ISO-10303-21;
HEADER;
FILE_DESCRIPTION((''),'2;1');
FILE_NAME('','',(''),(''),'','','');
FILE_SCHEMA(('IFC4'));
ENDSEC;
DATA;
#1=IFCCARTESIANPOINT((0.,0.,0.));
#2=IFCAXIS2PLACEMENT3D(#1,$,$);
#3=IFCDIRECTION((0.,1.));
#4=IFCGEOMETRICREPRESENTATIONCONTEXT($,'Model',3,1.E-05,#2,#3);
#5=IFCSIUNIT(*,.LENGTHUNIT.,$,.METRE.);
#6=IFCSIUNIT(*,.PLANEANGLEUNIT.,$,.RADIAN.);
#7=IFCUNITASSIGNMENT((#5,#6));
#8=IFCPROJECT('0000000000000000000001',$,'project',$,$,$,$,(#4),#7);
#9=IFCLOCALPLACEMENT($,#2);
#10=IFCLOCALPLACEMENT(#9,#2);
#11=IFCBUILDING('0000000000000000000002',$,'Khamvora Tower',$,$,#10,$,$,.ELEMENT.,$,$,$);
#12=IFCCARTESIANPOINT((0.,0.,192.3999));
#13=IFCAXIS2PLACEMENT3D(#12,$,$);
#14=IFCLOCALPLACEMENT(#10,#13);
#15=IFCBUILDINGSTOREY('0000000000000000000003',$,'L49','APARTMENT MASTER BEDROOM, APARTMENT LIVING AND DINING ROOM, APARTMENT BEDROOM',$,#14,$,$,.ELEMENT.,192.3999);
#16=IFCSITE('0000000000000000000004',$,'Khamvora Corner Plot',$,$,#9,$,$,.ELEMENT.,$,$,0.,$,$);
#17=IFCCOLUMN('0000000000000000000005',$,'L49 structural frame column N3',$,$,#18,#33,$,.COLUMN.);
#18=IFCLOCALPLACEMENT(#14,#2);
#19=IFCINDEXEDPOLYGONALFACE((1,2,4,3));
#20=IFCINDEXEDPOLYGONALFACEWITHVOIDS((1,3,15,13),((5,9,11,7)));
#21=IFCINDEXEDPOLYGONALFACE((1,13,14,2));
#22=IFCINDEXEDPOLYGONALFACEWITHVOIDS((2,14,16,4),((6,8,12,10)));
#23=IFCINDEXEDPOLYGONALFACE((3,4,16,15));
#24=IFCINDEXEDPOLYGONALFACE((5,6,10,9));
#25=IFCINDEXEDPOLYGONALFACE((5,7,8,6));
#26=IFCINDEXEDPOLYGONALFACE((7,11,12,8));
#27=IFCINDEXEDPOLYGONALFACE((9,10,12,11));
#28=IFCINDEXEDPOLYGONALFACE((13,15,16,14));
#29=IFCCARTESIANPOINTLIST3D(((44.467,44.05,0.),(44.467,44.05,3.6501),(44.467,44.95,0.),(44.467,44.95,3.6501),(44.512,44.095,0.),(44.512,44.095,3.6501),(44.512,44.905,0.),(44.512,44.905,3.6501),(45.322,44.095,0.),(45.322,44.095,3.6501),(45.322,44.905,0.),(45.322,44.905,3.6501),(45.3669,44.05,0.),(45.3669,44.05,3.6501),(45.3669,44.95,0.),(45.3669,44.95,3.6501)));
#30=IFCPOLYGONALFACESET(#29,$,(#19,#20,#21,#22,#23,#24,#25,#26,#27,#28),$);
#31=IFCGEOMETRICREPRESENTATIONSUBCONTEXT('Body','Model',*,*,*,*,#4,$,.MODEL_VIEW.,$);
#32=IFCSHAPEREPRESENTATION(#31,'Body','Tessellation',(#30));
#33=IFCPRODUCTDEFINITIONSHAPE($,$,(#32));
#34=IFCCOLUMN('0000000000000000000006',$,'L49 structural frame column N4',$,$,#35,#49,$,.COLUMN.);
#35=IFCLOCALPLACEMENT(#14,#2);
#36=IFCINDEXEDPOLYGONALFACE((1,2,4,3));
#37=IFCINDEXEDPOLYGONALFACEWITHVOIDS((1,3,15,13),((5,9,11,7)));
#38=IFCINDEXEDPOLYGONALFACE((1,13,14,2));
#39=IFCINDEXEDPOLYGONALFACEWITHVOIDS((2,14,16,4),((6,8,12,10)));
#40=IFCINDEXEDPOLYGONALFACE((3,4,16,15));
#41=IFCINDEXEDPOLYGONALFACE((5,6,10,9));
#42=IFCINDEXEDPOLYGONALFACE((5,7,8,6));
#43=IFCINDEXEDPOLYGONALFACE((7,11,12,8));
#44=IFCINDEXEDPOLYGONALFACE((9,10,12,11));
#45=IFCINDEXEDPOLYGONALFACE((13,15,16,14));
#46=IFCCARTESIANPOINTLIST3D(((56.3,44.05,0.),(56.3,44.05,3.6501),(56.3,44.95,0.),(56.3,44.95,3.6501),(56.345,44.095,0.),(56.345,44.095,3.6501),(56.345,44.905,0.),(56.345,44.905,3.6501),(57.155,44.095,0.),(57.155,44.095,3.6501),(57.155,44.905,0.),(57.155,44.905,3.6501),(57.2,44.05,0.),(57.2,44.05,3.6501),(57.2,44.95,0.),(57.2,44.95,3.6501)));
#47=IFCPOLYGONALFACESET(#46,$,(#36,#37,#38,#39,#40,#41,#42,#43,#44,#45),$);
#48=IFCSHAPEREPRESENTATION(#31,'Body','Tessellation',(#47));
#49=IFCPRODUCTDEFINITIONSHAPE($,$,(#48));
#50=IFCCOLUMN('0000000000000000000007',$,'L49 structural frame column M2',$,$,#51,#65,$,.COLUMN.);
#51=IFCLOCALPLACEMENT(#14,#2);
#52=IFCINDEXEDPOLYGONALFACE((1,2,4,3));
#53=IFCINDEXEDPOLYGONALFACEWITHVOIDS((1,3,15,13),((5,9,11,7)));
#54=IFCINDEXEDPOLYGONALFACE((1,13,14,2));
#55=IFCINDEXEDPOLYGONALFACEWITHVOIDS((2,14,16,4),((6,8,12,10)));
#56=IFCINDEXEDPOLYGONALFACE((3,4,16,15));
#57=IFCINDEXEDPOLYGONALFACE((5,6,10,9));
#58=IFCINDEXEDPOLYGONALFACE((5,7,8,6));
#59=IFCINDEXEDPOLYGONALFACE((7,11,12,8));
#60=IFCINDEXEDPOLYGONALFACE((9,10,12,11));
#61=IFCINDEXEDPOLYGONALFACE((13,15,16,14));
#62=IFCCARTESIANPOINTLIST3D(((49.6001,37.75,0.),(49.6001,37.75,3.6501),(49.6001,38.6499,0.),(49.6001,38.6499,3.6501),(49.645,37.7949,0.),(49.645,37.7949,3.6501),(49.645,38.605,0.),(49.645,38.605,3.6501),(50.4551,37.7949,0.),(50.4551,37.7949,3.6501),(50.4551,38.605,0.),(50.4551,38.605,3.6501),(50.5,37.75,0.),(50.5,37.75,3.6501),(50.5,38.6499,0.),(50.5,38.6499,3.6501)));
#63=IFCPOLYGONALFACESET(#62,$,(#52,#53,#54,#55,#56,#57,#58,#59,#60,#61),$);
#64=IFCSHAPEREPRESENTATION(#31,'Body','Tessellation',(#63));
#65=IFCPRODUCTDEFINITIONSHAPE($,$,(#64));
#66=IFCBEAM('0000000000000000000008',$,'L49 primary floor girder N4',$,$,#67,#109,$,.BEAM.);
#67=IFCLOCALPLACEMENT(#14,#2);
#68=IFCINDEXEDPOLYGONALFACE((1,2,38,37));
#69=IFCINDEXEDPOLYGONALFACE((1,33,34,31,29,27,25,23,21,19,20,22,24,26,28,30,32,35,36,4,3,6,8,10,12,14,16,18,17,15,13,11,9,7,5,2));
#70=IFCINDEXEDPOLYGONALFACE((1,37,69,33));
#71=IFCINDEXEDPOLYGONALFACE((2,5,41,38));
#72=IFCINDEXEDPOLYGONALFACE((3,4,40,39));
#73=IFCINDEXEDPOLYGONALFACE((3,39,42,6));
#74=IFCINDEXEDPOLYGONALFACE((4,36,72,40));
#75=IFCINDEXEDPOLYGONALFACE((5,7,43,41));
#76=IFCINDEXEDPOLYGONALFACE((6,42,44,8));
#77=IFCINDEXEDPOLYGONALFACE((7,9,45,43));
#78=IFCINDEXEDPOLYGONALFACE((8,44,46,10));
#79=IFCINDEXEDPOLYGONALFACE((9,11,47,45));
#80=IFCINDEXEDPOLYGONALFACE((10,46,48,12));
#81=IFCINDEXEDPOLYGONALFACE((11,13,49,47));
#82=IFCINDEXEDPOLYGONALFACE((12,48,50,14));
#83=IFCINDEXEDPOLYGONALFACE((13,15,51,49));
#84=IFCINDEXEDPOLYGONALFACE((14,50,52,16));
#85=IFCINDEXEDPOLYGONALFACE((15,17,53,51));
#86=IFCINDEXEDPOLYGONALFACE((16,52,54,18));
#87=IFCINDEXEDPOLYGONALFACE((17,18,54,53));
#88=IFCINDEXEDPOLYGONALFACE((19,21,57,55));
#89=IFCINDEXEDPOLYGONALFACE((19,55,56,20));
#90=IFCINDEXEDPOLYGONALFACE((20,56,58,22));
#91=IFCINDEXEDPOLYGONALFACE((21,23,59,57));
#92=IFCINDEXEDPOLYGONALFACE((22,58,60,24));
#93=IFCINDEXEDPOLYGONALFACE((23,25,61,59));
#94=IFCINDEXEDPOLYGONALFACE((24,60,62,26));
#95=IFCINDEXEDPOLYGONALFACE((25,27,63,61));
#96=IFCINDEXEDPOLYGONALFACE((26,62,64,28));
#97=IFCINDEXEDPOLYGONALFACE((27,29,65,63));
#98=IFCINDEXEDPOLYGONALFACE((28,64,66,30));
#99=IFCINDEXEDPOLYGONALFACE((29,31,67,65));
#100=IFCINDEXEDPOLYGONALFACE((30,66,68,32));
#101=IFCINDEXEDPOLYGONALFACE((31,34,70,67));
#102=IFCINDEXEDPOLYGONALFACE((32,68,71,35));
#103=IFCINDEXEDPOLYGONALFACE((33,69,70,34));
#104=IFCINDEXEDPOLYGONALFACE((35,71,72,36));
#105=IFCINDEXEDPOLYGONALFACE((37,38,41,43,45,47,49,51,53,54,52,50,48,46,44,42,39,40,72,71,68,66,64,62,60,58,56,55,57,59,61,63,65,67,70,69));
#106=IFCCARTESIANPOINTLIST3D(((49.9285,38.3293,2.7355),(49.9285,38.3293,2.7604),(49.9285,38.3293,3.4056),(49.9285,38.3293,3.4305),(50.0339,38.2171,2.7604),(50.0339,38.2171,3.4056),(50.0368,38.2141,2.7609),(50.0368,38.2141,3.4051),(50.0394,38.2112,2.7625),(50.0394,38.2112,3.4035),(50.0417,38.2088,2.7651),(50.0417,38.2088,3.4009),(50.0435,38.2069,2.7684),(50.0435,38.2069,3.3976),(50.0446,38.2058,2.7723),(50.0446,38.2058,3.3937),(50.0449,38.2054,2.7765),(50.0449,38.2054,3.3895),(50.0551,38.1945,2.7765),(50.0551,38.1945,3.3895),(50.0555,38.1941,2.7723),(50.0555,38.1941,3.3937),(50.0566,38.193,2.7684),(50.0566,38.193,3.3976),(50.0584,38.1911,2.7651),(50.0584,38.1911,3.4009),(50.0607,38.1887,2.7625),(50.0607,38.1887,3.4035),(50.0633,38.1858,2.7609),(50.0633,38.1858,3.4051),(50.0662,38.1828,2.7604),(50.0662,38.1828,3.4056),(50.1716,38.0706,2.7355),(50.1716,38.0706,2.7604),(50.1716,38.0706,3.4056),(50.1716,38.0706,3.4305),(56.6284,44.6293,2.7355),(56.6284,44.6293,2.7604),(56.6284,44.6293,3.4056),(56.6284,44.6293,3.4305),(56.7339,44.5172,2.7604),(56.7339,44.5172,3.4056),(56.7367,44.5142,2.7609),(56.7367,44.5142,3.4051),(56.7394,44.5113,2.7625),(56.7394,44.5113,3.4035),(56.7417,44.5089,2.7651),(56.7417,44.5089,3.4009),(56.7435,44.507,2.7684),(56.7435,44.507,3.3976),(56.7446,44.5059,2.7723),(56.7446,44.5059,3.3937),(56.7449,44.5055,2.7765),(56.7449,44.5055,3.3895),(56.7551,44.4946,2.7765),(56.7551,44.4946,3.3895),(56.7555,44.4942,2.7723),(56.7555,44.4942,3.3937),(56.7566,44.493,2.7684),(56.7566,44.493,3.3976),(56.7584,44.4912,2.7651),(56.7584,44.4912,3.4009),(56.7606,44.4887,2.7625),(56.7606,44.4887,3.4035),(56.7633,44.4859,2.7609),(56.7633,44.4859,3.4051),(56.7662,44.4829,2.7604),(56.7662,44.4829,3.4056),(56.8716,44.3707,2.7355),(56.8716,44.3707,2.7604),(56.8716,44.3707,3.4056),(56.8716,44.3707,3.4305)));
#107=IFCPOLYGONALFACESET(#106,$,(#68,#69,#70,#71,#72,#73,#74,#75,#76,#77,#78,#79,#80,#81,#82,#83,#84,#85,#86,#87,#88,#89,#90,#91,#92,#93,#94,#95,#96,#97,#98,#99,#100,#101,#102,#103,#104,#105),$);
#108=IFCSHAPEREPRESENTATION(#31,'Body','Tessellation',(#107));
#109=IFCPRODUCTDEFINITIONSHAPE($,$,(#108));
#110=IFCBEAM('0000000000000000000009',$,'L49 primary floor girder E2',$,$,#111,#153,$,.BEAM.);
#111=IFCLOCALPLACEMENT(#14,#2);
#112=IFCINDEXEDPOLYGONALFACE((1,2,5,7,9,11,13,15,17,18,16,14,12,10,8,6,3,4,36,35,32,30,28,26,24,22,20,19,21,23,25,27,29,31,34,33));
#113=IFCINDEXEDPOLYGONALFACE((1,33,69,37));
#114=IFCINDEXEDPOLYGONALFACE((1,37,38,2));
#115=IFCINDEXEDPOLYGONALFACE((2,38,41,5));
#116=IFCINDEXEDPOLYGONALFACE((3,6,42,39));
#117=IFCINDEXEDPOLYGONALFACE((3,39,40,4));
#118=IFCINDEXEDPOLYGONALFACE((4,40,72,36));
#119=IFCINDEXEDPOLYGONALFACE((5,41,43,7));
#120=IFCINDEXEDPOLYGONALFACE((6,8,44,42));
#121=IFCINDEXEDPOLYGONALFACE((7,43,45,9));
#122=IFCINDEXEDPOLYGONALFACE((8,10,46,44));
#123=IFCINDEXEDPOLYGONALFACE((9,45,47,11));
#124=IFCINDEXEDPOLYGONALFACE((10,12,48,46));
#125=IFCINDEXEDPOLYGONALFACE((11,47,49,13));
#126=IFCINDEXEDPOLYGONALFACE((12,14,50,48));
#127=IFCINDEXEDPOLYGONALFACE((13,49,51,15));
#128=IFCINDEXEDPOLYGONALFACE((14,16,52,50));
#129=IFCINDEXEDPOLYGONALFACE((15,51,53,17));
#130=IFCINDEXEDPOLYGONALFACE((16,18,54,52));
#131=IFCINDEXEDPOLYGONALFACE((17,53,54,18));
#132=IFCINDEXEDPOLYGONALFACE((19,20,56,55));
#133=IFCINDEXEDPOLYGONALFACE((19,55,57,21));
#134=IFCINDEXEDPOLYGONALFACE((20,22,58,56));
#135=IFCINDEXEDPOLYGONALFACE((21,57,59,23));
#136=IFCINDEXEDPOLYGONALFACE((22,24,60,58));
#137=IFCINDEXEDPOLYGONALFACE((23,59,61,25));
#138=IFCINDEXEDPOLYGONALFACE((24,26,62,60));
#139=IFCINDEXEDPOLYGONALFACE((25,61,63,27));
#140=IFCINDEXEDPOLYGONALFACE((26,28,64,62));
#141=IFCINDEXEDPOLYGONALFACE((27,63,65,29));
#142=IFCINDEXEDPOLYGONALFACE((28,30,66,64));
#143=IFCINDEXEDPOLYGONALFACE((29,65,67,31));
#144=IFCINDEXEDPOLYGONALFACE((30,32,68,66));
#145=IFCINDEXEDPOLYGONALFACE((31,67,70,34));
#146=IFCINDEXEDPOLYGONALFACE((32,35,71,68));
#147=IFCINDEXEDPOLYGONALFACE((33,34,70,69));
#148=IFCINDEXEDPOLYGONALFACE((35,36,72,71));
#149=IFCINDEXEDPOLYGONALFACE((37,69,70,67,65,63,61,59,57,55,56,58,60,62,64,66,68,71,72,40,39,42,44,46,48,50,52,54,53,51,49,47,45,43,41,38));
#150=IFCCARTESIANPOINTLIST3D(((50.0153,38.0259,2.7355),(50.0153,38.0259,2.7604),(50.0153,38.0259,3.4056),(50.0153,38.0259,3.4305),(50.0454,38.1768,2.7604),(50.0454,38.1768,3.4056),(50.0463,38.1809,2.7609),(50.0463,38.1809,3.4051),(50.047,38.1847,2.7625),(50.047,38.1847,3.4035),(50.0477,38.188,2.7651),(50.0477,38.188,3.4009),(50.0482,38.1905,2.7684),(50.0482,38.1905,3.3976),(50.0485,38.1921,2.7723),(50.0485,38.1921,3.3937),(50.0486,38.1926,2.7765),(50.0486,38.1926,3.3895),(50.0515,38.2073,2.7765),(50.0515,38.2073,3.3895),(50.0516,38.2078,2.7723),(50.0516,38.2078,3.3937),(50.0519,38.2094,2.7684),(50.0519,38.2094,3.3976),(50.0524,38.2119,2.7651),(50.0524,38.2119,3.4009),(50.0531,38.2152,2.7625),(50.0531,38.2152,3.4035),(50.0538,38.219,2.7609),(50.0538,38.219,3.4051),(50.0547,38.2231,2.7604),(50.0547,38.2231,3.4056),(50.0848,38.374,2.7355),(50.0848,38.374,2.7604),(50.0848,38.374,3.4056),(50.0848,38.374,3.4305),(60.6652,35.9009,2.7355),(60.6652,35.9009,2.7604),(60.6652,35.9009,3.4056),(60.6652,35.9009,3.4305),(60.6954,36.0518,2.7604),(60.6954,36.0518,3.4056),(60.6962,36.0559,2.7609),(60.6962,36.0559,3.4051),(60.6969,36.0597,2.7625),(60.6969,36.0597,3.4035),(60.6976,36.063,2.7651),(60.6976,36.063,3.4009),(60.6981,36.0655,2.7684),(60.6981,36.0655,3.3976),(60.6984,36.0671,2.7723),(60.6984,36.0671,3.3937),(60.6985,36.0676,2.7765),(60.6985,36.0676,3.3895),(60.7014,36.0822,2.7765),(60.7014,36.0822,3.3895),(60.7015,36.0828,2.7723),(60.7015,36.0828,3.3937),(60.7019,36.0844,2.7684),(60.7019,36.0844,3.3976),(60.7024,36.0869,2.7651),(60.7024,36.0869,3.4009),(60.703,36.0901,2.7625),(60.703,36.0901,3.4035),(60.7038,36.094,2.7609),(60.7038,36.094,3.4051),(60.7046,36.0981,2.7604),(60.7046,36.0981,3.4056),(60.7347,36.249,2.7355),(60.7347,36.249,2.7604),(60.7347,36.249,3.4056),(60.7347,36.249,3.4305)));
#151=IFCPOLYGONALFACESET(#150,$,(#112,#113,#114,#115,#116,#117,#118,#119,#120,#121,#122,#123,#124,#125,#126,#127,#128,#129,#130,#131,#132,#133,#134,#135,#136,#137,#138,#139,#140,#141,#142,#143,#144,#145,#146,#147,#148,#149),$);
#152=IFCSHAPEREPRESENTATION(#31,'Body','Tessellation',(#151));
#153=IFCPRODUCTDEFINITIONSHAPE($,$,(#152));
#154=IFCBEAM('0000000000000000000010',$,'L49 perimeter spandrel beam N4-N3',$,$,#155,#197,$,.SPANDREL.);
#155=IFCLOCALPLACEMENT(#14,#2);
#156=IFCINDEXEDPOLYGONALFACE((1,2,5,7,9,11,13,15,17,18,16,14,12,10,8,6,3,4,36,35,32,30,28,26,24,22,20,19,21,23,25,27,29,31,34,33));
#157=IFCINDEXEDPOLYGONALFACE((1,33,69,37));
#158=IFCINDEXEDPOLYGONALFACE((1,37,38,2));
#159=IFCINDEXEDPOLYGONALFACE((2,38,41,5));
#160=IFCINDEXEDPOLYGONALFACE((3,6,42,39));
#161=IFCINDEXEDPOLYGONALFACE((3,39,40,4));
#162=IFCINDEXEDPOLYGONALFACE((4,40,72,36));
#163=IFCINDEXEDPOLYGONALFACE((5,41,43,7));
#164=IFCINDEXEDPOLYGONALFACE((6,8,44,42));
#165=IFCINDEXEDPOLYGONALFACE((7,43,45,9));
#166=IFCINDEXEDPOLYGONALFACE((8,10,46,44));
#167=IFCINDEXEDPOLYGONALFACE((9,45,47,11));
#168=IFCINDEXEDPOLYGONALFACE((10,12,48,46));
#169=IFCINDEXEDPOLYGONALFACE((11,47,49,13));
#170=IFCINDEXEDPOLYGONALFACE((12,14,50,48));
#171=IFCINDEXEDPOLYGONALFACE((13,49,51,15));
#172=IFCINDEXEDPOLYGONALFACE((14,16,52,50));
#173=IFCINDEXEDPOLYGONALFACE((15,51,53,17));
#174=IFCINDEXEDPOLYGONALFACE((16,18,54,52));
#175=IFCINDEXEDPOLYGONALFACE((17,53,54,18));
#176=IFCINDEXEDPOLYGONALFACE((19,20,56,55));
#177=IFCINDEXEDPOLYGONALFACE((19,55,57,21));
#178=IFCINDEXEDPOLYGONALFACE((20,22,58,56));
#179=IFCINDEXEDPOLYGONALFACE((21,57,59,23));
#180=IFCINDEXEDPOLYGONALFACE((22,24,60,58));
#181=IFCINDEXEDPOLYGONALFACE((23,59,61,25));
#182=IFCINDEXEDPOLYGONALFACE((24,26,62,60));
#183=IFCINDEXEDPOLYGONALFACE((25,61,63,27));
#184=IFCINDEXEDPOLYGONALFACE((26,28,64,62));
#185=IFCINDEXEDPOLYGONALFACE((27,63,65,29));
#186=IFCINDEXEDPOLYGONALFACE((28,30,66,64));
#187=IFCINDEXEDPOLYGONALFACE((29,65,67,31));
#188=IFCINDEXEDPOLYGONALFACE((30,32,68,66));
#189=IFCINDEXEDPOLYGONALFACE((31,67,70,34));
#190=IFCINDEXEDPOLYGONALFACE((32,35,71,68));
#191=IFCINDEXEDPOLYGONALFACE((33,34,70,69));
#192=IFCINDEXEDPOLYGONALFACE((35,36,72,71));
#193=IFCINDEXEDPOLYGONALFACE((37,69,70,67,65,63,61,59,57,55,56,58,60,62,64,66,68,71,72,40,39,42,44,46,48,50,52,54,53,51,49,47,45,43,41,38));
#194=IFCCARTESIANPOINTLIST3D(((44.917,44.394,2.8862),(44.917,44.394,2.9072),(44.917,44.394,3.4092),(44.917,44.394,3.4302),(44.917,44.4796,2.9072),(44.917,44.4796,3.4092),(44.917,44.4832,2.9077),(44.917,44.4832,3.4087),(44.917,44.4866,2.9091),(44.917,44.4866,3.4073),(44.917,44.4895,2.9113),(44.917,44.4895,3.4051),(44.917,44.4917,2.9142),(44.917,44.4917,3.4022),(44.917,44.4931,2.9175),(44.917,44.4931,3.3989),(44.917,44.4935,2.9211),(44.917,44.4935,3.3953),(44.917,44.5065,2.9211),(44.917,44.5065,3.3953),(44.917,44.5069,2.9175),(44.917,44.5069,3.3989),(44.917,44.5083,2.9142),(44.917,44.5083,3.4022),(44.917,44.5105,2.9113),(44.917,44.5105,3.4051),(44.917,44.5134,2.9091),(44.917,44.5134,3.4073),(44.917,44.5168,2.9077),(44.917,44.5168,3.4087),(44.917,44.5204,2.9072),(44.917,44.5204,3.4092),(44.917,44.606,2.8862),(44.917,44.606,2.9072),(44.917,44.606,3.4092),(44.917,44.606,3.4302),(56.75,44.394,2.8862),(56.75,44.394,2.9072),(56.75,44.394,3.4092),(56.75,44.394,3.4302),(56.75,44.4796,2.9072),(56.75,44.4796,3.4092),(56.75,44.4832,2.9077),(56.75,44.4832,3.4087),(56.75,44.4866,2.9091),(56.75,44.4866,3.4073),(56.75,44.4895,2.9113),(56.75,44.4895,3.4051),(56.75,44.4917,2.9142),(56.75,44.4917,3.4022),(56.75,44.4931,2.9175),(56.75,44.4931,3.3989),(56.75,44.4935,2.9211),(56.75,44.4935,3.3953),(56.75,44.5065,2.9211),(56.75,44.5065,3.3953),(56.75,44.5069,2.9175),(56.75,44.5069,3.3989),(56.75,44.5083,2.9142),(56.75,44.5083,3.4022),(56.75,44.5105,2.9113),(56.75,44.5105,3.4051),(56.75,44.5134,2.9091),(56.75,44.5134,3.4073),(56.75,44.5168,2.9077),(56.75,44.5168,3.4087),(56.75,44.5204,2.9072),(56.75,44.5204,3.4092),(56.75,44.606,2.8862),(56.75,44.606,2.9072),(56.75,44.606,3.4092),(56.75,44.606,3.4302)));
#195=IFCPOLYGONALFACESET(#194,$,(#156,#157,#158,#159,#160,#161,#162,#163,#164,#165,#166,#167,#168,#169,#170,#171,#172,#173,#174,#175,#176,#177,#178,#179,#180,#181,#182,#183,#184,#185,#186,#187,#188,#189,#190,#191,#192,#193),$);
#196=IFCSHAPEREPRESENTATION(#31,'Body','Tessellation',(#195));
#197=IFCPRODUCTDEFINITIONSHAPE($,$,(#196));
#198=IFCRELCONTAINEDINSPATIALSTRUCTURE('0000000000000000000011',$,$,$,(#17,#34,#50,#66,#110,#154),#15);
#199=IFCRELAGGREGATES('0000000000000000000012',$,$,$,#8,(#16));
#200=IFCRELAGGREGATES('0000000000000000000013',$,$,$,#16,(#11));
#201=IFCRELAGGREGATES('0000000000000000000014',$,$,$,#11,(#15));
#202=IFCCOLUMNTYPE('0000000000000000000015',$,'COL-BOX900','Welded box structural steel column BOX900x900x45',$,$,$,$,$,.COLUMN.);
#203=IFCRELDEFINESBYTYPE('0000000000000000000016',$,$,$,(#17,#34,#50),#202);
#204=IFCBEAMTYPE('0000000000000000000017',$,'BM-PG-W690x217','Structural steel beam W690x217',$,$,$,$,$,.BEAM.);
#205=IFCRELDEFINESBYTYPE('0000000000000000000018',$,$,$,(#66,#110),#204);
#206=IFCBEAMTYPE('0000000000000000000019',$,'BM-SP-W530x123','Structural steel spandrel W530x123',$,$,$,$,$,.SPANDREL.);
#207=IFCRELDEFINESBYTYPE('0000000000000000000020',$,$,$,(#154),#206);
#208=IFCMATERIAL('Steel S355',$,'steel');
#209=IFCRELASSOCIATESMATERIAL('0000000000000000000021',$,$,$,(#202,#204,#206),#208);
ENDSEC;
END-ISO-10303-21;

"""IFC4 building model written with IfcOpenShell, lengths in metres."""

from ifc_helpers import new_model, si_unit, direction, frame, origin, origin_2d, place, context, subcontext, project, spatial, hollow_rectangle, i_section, extrude, material, material_profile, profile_set, type_object, element, save


model = new_model("IFC4")

# Units and contexts
model_context = context("Model", 3, precision=1e-05, world=origin(), true_north=direction((0.0, 1.0)))
body_context = subcontext(model_context, "Body", "Model", "MODEL_VIEW")
ifc_project = project(units=[si_unit("LENGTHUNIT", "METRE"), si_unit("PLANEANGLEUNIT", "RADIAN")], contexts=[model_context])

# Site, building, storey
site_placement = place(None, origin())
site = spatial("IfcSite", under=ifc_project, at=site_placement, Name="Khamvora Corner Plot", CompositionType="ELEMENT", RefElevation=0.0)
building_placement = place(site_placement, origin())
building = spatial("IfcBuilding", under=site, at=building_placement, Name="Khamvora Tower", CompositionType="ELEMENT")
storey_placement = place(building_placement, frame((0.0, 0.0, 192.3999)))
storey = spatial("IfcBuildingStorey", under=building, at=storey_placement, Name="L49", Description="APARTMENT MASTER BEDROOM, APARTMENT LIVING AND DINING ROOM, APARTMENT BEDROOM", CompositionType="ELEMENT", Elevation=192.3999)

# Columns
ifc_material_1 = material(Name="Steel S355", Category="steel")
ifc_material_profile_1 = material_profile(ifc_material_1, hollow_rectangle(XDim=0.8999, YDim=0.8999, WallThickness=0.0449, at=origin_2d()), Name="BOX900x900x45")
ifc_profile_set_1 = profile_set([ifc_material_profile_1], Name="Steel S355")
column_type = type_object("IfcColumnType", Name="COL-BOX900", Description="Welded box structural steel column BOX900x900x45", PredefinedType="COLUMN", material=ifc_profile_set_1)
for number, where, z_axis, x_axis, name in (
    (1, (44.917, 44.5, 0.0), (0.0, 0.0, 1.0), (1.0, 0.0, 0.0), "L49 structural frame column N3"),
    (2, (56.75, 44.5, 0.0), (0.0, 0.0, 1.0), (1.0, 0.0, 0.0), "L49 structural frame column N4"),
    (3, (50.05, 38.2, 0.0), (0.0, 0.0, 1.0), (1.0, 0.0, 0.0), "L49 structural frame column M2"),
):
    element("IfcColumn", number, at=place(storey_placement, frame(where, z_axis=z_axis, x_axis=x_axis)), inside=storey, type_object=column_type, Name=name, PredefinedType="COLUMN", context=body_context, shape_type="SweptSolid", body=[
        extrude(hollow_rectangle(XDim=0.8999, YDim=0.8999, WallThickness=0.0449, at=origin_2d()), origin(), (0.0, 0.0, 1.0), 3.6501),
    ])

# Beams
ifc_material_profile_2 = material_profile(ifc_material_1, i_section(OverallWidth=0.355, OverallDepth=0.6951, WebThickness=0.0149, FlangeThickness=0.0249, FilletRadius=0.0161, at=origin_2d()), Name="W690x217")
ifc_profile_set_2 = profile_set([ifc_material_profile_2], Name="Steel S355")
beam_type_1 = type_object("IfcBeamType", Name="BM-PG-W690x217", Description="Structural steel beam W690x217", PredefinedType="BEAM", material=ifc_profile_set_2)
beam_1_placement = place(storey_placement, frame((50.05, 38.2, 3.083), z_axis=(0.728514, 0.685031, 0.0), x_axis=(-0.685031, 0.728514, 0.0)))
element("IfcBeam", 4, at=beam_1_placement, inside=storey, type_object=beam_type_1, Name="L49 primary floor girder N4", PredefinedType="BEAM", context=body_context, shape_type="SweptSolid", body=[
    extrude(i_section(OverallWidth=0.355, OverallDepth=0.6951, WebThickness=0.0149, FlangeThickness=0.0249, FilletRadius=0.0161, at=origin_2d()), origin(), (0.0, 0.0, 1.0), 9.1968),
])
beam_2_placement = place(storey_placement, frame((50.05, 38.2, 3.083), z_axis=(0.980669, -0.195675, 0.0), x_axis=(0.195675, 0.980669, 0.0)))
element("IfcBeam", 5, at=beam_2_placement, inside=storey, type_object=beam_type_1, Name="L49 primary floor girder E2", PredefinedType="BEAM", context=body_context, shape_type="SweptSolid", body=[
    extrude(i_section(OverallWidth=0.355, OverallDepth=0.6951, WebThickness=0.0149, FlangeThickness=0.0249, FilletRadius=0.0161, at=origin_2d()), origin(), (0.0, 0.0, 1.0), 10.8599),
])
ifc_material_profile_3 = material_profile(ifc_material_1, i_section(OverallWidth=0.2119, OverallDepth=0.5439, WebThickness=0.0129, FlangeThickness=0.021, FilletRadius=0.0139, at=origin_2d()), Name="W530x123")
ifc_profile_set_3 = profile_set([ifc_material_profile_3], Name="Steel S355")
beam_type_2 = type_object("IfcBeamType", Name="BM-SP-W530x123", Description="Structural steel spandrel W530x123", PredefinedType="SPANDREL", material=ifc_profile_set_3)
beam_3_placement = place(storey_placement, frame((56.75, 44.5, 3.1582), z_axis=(-1.0, 0.0, 0.0), x_axis=(0.0, -1.0, 0.0)))
element("IfcBeam", 6, at=beam_3_placement, inside=storey, type_object=beam_type_2, Name="L49 perimeter spandrel beam N4-N3", PredefinedType="SPANDREL", context=body_context, shape_type="SweptSolid", body=[
    extrude(i_section(OverallWidth=0.2119, OverallDepth=0.5439, WebThickness=0.0129, FlangeThickness=0.021, FilletRadius=0.0139, at=origin_2d()), origin(), (0.0, 0.0, 1.0), 11.833),
])

save(model, "model.ifc")
